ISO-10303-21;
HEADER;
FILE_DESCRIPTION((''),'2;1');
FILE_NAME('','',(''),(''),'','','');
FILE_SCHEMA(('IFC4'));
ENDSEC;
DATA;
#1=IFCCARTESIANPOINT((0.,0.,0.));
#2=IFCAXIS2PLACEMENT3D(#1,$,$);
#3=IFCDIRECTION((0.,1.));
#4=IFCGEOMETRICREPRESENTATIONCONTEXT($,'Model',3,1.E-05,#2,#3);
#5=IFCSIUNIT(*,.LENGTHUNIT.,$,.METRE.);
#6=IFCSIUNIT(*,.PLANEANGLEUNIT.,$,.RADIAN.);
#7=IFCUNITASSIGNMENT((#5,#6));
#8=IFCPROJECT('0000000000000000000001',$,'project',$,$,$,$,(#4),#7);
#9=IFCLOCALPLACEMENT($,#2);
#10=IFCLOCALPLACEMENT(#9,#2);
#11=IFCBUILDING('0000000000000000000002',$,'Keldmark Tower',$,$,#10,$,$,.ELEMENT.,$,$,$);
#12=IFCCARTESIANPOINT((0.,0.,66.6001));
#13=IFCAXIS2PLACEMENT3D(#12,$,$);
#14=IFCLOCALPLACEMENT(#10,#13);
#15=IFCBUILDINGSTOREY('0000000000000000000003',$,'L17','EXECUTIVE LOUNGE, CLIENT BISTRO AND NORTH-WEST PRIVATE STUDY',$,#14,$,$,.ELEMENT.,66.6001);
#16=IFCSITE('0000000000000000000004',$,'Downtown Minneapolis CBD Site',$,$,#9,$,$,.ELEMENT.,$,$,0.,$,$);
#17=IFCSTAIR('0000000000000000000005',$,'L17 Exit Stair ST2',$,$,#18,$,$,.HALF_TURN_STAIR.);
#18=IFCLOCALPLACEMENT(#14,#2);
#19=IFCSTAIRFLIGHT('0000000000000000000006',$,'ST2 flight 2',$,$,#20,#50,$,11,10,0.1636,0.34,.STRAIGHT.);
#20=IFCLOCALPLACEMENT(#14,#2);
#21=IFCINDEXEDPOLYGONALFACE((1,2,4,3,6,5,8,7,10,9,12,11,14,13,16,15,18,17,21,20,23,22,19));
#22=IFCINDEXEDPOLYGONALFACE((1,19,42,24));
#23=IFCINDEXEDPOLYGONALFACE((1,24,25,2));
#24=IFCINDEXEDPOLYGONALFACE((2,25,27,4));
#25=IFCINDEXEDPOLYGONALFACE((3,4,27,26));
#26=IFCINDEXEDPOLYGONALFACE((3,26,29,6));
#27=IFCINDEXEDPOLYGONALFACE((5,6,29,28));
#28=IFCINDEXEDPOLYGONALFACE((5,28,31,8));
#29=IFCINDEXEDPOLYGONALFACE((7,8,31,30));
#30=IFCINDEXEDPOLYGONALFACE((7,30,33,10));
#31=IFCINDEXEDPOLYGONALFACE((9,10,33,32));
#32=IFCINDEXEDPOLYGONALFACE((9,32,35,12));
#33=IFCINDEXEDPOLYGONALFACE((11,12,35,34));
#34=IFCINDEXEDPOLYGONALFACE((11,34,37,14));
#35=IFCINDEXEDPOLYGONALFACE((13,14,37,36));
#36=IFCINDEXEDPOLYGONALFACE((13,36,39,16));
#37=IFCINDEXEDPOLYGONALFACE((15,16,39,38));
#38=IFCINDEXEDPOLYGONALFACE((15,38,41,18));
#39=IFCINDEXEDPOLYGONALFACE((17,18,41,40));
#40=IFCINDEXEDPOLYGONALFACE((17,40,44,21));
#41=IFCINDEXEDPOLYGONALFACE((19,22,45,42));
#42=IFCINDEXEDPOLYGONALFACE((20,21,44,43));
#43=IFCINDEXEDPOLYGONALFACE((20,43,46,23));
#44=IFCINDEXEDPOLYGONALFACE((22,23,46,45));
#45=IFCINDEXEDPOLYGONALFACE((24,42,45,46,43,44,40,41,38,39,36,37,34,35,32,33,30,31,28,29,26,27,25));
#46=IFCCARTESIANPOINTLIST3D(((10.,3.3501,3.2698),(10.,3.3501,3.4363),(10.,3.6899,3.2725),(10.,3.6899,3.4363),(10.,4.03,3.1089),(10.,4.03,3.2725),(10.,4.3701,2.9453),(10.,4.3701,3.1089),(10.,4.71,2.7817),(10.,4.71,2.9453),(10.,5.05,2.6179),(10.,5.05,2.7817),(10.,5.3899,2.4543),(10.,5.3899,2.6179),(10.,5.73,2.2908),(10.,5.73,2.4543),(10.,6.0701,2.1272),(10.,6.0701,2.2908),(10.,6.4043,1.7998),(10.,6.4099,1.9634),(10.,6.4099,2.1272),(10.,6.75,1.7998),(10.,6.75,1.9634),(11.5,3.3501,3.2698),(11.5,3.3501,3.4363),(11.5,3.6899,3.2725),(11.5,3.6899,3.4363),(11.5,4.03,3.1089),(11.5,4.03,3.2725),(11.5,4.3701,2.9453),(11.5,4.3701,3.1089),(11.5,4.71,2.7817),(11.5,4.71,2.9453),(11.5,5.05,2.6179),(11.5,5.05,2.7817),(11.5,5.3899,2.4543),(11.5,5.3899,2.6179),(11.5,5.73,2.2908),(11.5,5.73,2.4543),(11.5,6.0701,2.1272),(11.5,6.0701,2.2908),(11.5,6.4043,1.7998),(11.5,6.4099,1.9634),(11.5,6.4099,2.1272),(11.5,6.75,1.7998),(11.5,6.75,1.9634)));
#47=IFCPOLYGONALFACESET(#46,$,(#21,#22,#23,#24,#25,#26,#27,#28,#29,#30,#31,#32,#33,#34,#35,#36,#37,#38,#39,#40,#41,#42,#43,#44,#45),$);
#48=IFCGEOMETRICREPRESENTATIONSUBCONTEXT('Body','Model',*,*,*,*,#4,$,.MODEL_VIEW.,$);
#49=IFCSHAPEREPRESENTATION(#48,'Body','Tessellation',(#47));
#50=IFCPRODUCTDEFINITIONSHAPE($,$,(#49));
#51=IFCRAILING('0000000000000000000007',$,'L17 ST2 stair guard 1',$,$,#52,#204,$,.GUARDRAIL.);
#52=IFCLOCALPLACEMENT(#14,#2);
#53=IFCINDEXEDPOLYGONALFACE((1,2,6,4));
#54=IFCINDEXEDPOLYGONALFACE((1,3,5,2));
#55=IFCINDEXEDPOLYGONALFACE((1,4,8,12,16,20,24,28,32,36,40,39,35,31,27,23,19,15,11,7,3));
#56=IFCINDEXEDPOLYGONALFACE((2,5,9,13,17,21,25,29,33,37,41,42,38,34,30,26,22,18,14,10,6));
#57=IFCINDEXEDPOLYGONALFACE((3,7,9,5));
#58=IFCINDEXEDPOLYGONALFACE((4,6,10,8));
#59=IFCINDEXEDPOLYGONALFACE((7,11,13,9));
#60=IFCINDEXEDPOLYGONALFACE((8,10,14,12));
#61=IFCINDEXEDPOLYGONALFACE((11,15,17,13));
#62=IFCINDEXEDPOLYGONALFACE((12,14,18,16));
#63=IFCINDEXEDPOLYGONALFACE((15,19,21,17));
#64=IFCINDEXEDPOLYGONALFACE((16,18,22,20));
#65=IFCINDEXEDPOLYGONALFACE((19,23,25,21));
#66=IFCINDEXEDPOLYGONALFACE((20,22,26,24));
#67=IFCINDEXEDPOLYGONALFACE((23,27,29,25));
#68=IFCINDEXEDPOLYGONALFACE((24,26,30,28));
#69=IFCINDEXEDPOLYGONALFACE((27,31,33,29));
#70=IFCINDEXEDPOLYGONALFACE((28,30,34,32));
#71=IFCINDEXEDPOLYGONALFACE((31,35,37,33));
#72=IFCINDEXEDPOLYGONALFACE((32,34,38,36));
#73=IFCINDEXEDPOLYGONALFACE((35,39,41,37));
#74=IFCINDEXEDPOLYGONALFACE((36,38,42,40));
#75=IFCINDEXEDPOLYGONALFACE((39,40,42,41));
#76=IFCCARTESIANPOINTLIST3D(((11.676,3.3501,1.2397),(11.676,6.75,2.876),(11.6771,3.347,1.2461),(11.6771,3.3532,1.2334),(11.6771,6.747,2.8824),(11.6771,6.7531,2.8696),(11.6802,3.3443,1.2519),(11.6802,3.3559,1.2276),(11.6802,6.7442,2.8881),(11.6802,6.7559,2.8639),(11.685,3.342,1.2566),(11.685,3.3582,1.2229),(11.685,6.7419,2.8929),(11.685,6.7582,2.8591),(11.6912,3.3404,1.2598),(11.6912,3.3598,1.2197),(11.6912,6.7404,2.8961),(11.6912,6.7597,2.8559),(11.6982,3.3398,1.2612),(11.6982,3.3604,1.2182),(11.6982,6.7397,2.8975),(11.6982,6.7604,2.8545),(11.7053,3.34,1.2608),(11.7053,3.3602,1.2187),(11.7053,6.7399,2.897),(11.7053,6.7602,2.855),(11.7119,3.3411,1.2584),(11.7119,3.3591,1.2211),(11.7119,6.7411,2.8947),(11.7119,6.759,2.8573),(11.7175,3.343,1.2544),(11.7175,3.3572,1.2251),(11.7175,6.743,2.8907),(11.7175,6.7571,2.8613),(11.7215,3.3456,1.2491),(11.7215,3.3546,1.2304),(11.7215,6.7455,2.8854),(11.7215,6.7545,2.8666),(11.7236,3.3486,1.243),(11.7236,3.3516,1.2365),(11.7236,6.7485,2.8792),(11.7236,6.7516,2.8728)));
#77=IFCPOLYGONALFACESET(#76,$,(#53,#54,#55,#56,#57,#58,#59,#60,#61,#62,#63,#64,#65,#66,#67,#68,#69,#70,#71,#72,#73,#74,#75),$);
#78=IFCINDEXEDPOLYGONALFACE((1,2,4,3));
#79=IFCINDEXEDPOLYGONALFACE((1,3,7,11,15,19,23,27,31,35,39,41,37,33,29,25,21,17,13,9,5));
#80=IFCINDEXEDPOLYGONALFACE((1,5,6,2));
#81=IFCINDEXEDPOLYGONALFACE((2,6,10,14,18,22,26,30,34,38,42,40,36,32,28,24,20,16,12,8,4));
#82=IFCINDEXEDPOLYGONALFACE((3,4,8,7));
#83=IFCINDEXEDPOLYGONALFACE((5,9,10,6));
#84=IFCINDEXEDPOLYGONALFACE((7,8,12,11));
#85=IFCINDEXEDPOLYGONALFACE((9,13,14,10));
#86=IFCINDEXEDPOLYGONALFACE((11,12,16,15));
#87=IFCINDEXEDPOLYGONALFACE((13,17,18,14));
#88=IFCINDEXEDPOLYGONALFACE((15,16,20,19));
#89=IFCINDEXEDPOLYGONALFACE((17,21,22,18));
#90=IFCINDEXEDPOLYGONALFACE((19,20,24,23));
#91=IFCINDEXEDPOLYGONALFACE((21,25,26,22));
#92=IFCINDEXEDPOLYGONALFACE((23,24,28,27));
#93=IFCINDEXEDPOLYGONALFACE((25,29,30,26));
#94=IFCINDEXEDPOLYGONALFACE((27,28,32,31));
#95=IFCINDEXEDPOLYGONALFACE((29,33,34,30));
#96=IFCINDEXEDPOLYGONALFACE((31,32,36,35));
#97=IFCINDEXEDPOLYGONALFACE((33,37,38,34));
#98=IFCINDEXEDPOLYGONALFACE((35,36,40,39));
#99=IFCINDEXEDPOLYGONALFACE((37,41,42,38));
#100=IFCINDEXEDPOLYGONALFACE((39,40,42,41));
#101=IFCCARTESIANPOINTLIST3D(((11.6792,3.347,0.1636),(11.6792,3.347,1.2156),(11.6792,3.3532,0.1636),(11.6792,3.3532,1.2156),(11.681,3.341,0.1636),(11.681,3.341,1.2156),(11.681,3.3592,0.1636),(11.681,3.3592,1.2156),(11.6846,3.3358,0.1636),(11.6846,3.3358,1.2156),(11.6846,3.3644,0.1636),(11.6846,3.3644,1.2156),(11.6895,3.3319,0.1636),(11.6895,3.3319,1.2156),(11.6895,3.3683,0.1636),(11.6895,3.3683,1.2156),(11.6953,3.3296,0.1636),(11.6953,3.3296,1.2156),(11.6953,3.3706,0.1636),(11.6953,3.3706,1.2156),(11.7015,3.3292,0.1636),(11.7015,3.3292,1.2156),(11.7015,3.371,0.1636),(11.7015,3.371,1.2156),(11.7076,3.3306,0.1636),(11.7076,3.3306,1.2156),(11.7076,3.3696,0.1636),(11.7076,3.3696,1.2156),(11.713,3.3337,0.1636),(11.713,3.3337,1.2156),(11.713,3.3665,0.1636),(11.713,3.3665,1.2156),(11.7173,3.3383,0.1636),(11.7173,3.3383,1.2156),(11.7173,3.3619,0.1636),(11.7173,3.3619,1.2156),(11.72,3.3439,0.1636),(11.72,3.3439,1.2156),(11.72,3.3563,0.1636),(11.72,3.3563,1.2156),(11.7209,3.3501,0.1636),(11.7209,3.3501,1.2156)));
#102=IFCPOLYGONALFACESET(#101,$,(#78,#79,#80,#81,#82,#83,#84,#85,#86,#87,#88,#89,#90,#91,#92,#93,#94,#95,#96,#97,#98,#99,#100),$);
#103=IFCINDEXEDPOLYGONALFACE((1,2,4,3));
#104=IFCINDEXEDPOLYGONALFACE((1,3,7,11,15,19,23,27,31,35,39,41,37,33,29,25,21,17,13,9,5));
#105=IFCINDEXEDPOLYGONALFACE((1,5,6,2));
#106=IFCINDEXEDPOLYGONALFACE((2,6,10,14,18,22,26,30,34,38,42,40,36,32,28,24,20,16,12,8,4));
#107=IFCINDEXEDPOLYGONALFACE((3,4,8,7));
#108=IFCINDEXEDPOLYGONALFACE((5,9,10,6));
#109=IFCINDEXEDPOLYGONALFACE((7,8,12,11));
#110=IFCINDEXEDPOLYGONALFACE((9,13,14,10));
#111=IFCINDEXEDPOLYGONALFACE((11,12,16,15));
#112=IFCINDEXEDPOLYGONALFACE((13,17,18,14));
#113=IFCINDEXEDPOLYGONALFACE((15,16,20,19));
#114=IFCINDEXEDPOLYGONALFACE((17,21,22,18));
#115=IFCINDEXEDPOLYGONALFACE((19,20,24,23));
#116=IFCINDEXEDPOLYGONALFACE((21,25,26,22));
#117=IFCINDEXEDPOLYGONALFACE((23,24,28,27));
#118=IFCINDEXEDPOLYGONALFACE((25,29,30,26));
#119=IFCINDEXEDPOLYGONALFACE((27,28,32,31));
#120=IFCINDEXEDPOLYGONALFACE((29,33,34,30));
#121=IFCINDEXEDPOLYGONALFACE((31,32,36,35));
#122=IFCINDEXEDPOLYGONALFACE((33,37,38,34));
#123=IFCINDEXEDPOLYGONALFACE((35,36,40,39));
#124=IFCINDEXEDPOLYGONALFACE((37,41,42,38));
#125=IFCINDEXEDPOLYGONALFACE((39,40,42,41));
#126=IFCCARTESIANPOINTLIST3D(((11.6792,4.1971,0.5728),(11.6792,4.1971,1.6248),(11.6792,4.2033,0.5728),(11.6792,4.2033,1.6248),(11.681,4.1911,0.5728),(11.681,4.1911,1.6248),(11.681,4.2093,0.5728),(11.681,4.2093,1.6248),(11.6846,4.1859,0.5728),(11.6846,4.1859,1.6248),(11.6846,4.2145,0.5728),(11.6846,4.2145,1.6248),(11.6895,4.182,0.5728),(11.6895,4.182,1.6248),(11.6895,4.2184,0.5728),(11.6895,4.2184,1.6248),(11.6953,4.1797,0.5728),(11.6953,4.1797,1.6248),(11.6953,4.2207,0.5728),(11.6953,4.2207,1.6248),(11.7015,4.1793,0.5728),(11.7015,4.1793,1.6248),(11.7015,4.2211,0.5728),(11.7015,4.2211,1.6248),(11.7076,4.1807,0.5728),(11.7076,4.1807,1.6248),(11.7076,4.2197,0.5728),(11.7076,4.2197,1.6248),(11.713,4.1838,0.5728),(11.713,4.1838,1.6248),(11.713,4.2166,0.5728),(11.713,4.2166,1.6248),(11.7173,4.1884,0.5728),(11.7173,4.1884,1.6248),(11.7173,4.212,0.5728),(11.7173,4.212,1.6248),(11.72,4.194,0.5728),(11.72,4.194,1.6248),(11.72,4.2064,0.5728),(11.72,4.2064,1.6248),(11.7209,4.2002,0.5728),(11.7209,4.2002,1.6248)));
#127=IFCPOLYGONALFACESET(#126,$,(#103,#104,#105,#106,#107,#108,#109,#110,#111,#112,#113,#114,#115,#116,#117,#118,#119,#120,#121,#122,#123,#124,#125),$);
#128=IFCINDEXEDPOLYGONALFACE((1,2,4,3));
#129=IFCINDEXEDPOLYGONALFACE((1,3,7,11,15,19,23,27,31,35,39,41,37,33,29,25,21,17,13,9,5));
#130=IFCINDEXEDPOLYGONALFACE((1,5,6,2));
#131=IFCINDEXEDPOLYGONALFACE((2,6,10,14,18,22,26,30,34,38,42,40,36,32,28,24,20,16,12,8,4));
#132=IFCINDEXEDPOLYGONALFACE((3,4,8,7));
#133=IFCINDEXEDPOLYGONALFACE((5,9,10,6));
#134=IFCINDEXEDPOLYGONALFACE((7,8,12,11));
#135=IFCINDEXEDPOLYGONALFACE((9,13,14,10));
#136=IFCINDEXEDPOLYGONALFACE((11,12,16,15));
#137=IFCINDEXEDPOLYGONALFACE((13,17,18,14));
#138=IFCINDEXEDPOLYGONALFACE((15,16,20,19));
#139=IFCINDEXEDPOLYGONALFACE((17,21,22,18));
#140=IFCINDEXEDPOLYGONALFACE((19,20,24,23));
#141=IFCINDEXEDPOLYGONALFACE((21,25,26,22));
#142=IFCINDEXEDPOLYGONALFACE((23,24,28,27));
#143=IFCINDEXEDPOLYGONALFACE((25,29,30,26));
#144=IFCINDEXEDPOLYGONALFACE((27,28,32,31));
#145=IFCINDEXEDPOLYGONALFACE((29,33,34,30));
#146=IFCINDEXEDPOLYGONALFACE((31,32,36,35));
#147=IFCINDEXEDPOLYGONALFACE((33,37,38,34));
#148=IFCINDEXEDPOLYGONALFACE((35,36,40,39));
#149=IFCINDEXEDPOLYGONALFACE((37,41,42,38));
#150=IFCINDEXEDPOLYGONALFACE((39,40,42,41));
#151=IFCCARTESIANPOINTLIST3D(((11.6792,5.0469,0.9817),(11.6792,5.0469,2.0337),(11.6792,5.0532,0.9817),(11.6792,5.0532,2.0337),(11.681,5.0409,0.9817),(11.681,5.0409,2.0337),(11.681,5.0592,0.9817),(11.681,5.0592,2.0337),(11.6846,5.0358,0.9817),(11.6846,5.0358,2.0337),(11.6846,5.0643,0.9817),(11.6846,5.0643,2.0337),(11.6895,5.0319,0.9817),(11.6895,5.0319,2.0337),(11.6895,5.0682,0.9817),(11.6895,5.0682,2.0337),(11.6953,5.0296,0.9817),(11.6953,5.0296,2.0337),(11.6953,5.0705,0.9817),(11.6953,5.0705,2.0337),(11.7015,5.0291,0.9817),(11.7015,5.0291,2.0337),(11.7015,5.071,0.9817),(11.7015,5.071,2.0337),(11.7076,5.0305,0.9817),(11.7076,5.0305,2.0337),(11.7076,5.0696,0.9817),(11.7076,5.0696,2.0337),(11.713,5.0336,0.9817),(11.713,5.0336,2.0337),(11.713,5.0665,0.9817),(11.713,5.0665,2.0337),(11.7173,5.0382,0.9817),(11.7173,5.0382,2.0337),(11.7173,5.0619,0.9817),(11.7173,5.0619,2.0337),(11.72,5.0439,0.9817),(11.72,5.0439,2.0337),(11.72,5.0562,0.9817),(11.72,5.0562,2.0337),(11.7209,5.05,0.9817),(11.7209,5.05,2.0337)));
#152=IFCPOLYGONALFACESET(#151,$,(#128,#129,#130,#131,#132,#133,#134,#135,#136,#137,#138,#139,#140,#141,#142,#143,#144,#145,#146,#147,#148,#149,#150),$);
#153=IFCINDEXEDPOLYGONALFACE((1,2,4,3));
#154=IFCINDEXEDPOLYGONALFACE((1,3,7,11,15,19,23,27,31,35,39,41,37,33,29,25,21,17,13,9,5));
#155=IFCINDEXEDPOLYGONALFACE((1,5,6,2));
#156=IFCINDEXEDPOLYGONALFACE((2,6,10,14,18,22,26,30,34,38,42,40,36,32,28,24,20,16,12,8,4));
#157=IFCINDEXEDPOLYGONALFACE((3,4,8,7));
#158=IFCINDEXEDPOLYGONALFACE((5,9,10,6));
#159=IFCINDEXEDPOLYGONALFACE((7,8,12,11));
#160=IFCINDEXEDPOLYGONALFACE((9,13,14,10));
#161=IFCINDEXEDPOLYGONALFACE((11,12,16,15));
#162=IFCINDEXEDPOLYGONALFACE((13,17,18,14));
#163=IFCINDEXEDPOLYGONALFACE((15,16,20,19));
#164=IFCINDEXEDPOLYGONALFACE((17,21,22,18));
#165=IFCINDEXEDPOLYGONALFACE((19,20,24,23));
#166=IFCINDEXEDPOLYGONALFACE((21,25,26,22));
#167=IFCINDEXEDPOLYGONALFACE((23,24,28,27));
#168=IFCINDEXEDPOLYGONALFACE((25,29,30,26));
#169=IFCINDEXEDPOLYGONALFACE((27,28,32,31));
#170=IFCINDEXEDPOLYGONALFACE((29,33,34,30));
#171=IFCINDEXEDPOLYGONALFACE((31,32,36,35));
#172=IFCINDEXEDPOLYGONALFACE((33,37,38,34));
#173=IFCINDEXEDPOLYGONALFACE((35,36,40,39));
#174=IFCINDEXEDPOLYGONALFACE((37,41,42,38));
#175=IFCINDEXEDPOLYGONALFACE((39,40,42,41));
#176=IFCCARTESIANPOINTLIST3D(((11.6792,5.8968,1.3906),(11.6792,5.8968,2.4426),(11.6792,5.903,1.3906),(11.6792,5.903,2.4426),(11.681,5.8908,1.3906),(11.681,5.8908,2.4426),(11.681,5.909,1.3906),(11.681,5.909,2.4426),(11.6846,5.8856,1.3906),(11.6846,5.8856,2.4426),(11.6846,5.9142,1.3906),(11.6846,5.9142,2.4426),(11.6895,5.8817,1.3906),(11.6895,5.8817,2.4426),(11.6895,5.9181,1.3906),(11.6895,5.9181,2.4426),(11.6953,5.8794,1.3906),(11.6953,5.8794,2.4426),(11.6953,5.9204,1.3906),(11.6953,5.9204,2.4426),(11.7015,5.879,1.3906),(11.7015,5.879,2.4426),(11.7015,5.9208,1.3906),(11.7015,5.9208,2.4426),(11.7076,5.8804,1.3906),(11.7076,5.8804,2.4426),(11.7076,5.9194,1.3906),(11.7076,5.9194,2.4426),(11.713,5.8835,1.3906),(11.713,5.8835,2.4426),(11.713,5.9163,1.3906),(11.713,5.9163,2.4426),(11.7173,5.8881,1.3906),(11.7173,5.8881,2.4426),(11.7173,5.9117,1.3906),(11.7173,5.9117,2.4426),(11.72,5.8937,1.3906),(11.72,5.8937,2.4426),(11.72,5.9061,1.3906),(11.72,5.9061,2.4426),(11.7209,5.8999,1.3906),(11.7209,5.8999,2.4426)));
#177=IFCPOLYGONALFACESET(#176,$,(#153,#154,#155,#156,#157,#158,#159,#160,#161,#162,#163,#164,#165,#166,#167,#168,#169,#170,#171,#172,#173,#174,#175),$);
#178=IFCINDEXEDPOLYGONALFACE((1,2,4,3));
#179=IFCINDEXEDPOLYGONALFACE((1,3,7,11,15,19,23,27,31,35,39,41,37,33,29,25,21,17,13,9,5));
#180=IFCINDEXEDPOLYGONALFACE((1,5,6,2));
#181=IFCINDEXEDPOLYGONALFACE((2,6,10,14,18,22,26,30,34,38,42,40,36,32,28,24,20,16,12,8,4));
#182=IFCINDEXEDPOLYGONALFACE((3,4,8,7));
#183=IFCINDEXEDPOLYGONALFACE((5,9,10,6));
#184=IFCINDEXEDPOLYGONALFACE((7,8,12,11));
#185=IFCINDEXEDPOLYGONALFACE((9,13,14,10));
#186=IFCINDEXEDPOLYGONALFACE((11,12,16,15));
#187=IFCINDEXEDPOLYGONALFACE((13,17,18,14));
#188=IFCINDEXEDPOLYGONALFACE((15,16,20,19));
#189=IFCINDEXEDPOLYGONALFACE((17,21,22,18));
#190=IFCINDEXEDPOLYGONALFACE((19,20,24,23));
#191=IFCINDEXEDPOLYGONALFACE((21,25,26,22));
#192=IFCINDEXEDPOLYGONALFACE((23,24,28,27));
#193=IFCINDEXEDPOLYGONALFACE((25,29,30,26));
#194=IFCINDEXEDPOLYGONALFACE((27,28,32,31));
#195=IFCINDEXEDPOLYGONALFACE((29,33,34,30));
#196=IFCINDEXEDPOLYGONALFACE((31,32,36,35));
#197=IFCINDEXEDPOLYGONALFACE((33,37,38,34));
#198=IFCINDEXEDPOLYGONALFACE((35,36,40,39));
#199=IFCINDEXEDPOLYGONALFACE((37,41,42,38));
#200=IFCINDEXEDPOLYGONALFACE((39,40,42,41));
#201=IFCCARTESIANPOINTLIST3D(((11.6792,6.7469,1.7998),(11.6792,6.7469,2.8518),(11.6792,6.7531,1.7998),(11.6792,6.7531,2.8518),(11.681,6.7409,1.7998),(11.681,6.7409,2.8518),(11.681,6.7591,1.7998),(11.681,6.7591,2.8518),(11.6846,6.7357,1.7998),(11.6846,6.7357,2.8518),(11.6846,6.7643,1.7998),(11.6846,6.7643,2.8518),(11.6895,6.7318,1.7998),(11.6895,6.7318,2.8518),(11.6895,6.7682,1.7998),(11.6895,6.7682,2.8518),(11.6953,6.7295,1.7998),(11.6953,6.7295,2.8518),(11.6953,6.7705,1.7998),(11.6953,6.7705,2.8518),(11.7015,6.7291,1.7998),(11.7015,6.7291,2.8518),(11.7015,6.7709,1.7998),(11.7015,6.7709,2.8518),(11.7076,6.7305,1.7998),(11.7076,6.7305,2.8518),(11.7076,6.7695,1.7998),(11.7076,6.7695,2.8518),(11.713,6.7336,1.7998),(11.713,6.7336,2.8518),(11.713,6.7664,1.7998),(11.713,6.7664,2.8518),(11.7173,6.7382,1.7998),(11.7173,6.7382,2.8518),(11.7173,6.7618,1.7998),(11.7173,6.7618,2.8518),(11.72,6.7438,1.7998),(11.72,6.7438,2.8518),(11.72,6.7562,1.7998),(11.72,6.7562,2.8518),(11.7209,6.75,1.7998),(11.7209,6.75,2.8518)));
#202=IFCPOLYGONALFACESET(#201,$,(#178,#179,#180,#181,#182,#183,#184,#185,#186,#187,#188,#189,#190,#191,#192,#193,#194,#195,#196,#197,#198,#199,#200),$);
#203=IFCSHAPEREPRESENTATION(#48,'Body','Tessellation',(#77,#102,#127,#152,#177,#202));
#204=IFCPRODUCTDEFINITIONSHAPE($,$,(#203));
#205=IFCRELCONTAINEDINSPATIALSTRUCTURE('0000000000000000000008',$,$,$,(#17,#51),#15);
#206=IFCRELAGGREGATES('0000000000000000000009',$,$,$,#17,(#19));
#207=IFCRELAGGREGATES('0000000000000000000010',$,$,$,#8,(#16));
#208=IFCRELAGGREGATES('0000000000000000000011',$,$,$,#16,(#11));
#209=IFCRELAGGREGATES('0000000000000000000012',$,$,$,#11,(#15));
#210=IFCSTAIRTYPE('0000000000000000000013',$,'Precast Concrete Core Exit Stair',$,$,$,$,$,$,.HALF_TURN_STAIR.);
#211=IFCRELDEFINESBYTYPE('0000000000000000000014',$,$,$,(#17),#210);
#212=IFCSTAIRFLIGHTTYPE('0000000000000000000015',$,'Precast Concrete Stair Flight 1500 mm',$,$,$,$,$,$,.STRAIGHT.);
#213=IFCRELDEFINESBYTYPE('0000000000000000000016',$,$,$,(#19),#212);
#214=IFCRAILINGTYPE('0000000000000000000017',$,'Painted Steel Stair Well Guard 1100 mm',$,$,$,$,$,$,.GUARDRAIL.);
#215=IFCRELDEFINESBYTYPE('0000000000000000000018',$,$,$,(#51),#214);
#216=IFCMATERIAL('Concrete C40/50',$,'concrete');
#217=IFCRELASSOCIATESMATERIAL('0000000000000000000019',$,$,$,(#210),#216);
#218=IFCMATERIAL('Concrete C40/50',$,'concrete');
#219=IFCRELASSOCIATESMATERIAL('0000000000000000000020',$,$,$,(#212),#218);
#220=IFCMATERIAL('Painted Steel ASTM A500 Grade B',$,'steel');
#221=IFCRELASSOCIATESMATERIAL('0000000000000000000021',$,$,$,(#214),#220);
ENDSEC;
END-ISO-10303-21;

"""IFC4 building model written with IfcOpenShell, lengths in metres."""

from ifc_helpers import new_model, si_unit, direction, frame, origin, origin_2d, place, context, subcontext, project, spatial, polyline, circle, outline, extrude, material, type_object, element, aggregate, save


model = new_model("IFC4")

# Units and contexts
model_context = context("Model", 3, precision=1e-05, world=origin(), true_north=direction((0.0, 1.0)))
body_context = subcontext(model_context, "Body", "Model", "MODEL_VIEW")
ifc_project = project(units=[si_unit("LENGTHUNIT", "METRE"), si_unit("PLANEANGLEUNIT", "RADIAN")], contexts=[model_context])

# Site, building, storey
site_placement = place(None, origin())
site = spatial("IfcSite", under=ifc_project, at=site_placement, Name="Downtown Minneapolis CBD Site", CompositionType="ELEMENT", RefElevation=0.0)
building_placement = place(site_placement, origin())
building = spatial("IfcBuilding", under=site, at=building_placement, Name="Keldmark Tower", CompositionType="ELEMENT")
storey_placement = place(building_placement, frame((0.0, 0.0, 66.6001)))
storey = spatial("IfcBuildingStorey", under=building, at=storey_placement, Name="L17", Description="EXECUTIVE LOUNGE, CLIENT BISTRO AND NORTH-WEST PRIVATE STUDY", CompositionType="ELEMENT", Elevation=66.6001)

# Stair, stair flight
ifc_material_1 = material(Name="Concrete C40/50", Category="concrete")
stair_type = type_object("IfcStairType", Name="Precast Concrete Core Exit Stair", PredefinedType="HALF_TURN_STAIR", material=ifc_material_1)
stair_placement = place(storey_placement, origin())
stair = element("IfcStair", 1, at=stair_placement, inside=storey, type_object=stair_type, Name="L17 Exit Stair ST2", PredefinedType="HALF_TURN_STAIR")
ifc_material_2 = material(Name="Concrete C40/50", Category="concrete")
stair_flight_type = type_object("IfcStairFlightType", Name="Precast Concrete Stair Flight 1500 mm", PredefinedType="STRAIGHT", material=ifc_material_2)
stair_flight_1_placement = place(storey_placement, frame((10.75, 6.75, 1.7998), z_axis=(0.0, 0.0, 1.0), x_axis=(0.0, -1.0, 0.0)))
stair_flight_1 = element("IfcStairFlight", 2, at=stair_flight_1_placement, type_object=stair_flight_type, Name="ST2 flight 2", NumberOfRisers=11, NumberOfTreads=10, PredefinedType="STRAIGHT", RiserHeight=0.1636, TreadLength=0.34, context=body_context, shape_type="SweptSolid", body=[
    extrude(outline(polyline([(0.0, 0.0), (0.0, 0.1636), (0.3401, 0.1636), (0.3401, 0.3274), (0.6799, 0.3274), (0.6799, 0.491), (1.02, 0.491), (1.02, 0.6545), (1.3601, 0.6545), (1.3601, 0.8181), (1.7, 0.8181), (1.7, 0.9819), (2.04, 0.9819), (2.04, 1.1455), (2.3799, 1.1455), (2.3799, 1.3091), (2.72, 1.3091), (2.72, 1.4727), (3.0601, 1.4727), (3.0601, 1.6365), (3.3999, 1.6365), (3.3999, 1.8), (3.3999, 1.47), (0.3457, 0.0), (0.0, 0.0)])), frame((0.0, 0.75, 0.0), z_axis=(0.0, -1.0, 0.0), x_axis=(1.0, 0.0, 0.0)), (0.0, 0.0, 1.0), 1.5),
])
aggregate(stair, [stair_flight_1])

# Railing
ifc_material_3 = material(Name="Painted Steel ASTM A500 Grade B", Category="steel")
railing_type_1 = type_object("IfcRailingType", Name="Painted Steel Stair Well Guard 1100 mm", PredefinedType="GUARDRAIL", material=ifc_material_3)
railing_1_placement = place(storey_placement, frame((11.7, 3.3501, 0.1636)))
element("IfcRailing", 3, at=railing_1_placement, inside=storey, type_object=railing_type_1, Name="L17 ST2 stair guard 1", PredefinedType="GUARDRAIL", context=body_context, shape_type="SweptSolid", body=[
    extrude(circle(Radius=0.0239, at=origin_2d()), frame((0.0, 0.0, 1.0762), z_axis=(0.0, 0.90108, 0.433652), x_axis=(-1.0, 0.0, 0.0)), (0.0, 0.0, 1.0), 3.7732),
    extrude(circle(Radius=0.021, at=origin_2d()), origin(), (0.0, 0.0, 1.0), 1.052),
    extrude(circle(Radius=0.021, at=origin_2d()), frame((0.0, 0.8501, 0.4092)), (0.0, 0.0, 1.0), 1.052),
    extrude(circle(Radius=0.021, at=origin_2d()), frame((0.0, 1.7, 0.8181)), (0.0, 0.0, 1.0), 1.052),
    extrude(circle(Radius=0.021, at=origin_2d()), frame((0.0, 2.5498, 1.2271)), (0.0, 0.0, 1.0), 1.052),
    extrude(circle(Radius=0.021, at=origin_2d()), frame((0.0, 3.3999, 1.6362)), (0.0, 0.0, 1.0), 1.052),
])

save(model, "model.ifc")
